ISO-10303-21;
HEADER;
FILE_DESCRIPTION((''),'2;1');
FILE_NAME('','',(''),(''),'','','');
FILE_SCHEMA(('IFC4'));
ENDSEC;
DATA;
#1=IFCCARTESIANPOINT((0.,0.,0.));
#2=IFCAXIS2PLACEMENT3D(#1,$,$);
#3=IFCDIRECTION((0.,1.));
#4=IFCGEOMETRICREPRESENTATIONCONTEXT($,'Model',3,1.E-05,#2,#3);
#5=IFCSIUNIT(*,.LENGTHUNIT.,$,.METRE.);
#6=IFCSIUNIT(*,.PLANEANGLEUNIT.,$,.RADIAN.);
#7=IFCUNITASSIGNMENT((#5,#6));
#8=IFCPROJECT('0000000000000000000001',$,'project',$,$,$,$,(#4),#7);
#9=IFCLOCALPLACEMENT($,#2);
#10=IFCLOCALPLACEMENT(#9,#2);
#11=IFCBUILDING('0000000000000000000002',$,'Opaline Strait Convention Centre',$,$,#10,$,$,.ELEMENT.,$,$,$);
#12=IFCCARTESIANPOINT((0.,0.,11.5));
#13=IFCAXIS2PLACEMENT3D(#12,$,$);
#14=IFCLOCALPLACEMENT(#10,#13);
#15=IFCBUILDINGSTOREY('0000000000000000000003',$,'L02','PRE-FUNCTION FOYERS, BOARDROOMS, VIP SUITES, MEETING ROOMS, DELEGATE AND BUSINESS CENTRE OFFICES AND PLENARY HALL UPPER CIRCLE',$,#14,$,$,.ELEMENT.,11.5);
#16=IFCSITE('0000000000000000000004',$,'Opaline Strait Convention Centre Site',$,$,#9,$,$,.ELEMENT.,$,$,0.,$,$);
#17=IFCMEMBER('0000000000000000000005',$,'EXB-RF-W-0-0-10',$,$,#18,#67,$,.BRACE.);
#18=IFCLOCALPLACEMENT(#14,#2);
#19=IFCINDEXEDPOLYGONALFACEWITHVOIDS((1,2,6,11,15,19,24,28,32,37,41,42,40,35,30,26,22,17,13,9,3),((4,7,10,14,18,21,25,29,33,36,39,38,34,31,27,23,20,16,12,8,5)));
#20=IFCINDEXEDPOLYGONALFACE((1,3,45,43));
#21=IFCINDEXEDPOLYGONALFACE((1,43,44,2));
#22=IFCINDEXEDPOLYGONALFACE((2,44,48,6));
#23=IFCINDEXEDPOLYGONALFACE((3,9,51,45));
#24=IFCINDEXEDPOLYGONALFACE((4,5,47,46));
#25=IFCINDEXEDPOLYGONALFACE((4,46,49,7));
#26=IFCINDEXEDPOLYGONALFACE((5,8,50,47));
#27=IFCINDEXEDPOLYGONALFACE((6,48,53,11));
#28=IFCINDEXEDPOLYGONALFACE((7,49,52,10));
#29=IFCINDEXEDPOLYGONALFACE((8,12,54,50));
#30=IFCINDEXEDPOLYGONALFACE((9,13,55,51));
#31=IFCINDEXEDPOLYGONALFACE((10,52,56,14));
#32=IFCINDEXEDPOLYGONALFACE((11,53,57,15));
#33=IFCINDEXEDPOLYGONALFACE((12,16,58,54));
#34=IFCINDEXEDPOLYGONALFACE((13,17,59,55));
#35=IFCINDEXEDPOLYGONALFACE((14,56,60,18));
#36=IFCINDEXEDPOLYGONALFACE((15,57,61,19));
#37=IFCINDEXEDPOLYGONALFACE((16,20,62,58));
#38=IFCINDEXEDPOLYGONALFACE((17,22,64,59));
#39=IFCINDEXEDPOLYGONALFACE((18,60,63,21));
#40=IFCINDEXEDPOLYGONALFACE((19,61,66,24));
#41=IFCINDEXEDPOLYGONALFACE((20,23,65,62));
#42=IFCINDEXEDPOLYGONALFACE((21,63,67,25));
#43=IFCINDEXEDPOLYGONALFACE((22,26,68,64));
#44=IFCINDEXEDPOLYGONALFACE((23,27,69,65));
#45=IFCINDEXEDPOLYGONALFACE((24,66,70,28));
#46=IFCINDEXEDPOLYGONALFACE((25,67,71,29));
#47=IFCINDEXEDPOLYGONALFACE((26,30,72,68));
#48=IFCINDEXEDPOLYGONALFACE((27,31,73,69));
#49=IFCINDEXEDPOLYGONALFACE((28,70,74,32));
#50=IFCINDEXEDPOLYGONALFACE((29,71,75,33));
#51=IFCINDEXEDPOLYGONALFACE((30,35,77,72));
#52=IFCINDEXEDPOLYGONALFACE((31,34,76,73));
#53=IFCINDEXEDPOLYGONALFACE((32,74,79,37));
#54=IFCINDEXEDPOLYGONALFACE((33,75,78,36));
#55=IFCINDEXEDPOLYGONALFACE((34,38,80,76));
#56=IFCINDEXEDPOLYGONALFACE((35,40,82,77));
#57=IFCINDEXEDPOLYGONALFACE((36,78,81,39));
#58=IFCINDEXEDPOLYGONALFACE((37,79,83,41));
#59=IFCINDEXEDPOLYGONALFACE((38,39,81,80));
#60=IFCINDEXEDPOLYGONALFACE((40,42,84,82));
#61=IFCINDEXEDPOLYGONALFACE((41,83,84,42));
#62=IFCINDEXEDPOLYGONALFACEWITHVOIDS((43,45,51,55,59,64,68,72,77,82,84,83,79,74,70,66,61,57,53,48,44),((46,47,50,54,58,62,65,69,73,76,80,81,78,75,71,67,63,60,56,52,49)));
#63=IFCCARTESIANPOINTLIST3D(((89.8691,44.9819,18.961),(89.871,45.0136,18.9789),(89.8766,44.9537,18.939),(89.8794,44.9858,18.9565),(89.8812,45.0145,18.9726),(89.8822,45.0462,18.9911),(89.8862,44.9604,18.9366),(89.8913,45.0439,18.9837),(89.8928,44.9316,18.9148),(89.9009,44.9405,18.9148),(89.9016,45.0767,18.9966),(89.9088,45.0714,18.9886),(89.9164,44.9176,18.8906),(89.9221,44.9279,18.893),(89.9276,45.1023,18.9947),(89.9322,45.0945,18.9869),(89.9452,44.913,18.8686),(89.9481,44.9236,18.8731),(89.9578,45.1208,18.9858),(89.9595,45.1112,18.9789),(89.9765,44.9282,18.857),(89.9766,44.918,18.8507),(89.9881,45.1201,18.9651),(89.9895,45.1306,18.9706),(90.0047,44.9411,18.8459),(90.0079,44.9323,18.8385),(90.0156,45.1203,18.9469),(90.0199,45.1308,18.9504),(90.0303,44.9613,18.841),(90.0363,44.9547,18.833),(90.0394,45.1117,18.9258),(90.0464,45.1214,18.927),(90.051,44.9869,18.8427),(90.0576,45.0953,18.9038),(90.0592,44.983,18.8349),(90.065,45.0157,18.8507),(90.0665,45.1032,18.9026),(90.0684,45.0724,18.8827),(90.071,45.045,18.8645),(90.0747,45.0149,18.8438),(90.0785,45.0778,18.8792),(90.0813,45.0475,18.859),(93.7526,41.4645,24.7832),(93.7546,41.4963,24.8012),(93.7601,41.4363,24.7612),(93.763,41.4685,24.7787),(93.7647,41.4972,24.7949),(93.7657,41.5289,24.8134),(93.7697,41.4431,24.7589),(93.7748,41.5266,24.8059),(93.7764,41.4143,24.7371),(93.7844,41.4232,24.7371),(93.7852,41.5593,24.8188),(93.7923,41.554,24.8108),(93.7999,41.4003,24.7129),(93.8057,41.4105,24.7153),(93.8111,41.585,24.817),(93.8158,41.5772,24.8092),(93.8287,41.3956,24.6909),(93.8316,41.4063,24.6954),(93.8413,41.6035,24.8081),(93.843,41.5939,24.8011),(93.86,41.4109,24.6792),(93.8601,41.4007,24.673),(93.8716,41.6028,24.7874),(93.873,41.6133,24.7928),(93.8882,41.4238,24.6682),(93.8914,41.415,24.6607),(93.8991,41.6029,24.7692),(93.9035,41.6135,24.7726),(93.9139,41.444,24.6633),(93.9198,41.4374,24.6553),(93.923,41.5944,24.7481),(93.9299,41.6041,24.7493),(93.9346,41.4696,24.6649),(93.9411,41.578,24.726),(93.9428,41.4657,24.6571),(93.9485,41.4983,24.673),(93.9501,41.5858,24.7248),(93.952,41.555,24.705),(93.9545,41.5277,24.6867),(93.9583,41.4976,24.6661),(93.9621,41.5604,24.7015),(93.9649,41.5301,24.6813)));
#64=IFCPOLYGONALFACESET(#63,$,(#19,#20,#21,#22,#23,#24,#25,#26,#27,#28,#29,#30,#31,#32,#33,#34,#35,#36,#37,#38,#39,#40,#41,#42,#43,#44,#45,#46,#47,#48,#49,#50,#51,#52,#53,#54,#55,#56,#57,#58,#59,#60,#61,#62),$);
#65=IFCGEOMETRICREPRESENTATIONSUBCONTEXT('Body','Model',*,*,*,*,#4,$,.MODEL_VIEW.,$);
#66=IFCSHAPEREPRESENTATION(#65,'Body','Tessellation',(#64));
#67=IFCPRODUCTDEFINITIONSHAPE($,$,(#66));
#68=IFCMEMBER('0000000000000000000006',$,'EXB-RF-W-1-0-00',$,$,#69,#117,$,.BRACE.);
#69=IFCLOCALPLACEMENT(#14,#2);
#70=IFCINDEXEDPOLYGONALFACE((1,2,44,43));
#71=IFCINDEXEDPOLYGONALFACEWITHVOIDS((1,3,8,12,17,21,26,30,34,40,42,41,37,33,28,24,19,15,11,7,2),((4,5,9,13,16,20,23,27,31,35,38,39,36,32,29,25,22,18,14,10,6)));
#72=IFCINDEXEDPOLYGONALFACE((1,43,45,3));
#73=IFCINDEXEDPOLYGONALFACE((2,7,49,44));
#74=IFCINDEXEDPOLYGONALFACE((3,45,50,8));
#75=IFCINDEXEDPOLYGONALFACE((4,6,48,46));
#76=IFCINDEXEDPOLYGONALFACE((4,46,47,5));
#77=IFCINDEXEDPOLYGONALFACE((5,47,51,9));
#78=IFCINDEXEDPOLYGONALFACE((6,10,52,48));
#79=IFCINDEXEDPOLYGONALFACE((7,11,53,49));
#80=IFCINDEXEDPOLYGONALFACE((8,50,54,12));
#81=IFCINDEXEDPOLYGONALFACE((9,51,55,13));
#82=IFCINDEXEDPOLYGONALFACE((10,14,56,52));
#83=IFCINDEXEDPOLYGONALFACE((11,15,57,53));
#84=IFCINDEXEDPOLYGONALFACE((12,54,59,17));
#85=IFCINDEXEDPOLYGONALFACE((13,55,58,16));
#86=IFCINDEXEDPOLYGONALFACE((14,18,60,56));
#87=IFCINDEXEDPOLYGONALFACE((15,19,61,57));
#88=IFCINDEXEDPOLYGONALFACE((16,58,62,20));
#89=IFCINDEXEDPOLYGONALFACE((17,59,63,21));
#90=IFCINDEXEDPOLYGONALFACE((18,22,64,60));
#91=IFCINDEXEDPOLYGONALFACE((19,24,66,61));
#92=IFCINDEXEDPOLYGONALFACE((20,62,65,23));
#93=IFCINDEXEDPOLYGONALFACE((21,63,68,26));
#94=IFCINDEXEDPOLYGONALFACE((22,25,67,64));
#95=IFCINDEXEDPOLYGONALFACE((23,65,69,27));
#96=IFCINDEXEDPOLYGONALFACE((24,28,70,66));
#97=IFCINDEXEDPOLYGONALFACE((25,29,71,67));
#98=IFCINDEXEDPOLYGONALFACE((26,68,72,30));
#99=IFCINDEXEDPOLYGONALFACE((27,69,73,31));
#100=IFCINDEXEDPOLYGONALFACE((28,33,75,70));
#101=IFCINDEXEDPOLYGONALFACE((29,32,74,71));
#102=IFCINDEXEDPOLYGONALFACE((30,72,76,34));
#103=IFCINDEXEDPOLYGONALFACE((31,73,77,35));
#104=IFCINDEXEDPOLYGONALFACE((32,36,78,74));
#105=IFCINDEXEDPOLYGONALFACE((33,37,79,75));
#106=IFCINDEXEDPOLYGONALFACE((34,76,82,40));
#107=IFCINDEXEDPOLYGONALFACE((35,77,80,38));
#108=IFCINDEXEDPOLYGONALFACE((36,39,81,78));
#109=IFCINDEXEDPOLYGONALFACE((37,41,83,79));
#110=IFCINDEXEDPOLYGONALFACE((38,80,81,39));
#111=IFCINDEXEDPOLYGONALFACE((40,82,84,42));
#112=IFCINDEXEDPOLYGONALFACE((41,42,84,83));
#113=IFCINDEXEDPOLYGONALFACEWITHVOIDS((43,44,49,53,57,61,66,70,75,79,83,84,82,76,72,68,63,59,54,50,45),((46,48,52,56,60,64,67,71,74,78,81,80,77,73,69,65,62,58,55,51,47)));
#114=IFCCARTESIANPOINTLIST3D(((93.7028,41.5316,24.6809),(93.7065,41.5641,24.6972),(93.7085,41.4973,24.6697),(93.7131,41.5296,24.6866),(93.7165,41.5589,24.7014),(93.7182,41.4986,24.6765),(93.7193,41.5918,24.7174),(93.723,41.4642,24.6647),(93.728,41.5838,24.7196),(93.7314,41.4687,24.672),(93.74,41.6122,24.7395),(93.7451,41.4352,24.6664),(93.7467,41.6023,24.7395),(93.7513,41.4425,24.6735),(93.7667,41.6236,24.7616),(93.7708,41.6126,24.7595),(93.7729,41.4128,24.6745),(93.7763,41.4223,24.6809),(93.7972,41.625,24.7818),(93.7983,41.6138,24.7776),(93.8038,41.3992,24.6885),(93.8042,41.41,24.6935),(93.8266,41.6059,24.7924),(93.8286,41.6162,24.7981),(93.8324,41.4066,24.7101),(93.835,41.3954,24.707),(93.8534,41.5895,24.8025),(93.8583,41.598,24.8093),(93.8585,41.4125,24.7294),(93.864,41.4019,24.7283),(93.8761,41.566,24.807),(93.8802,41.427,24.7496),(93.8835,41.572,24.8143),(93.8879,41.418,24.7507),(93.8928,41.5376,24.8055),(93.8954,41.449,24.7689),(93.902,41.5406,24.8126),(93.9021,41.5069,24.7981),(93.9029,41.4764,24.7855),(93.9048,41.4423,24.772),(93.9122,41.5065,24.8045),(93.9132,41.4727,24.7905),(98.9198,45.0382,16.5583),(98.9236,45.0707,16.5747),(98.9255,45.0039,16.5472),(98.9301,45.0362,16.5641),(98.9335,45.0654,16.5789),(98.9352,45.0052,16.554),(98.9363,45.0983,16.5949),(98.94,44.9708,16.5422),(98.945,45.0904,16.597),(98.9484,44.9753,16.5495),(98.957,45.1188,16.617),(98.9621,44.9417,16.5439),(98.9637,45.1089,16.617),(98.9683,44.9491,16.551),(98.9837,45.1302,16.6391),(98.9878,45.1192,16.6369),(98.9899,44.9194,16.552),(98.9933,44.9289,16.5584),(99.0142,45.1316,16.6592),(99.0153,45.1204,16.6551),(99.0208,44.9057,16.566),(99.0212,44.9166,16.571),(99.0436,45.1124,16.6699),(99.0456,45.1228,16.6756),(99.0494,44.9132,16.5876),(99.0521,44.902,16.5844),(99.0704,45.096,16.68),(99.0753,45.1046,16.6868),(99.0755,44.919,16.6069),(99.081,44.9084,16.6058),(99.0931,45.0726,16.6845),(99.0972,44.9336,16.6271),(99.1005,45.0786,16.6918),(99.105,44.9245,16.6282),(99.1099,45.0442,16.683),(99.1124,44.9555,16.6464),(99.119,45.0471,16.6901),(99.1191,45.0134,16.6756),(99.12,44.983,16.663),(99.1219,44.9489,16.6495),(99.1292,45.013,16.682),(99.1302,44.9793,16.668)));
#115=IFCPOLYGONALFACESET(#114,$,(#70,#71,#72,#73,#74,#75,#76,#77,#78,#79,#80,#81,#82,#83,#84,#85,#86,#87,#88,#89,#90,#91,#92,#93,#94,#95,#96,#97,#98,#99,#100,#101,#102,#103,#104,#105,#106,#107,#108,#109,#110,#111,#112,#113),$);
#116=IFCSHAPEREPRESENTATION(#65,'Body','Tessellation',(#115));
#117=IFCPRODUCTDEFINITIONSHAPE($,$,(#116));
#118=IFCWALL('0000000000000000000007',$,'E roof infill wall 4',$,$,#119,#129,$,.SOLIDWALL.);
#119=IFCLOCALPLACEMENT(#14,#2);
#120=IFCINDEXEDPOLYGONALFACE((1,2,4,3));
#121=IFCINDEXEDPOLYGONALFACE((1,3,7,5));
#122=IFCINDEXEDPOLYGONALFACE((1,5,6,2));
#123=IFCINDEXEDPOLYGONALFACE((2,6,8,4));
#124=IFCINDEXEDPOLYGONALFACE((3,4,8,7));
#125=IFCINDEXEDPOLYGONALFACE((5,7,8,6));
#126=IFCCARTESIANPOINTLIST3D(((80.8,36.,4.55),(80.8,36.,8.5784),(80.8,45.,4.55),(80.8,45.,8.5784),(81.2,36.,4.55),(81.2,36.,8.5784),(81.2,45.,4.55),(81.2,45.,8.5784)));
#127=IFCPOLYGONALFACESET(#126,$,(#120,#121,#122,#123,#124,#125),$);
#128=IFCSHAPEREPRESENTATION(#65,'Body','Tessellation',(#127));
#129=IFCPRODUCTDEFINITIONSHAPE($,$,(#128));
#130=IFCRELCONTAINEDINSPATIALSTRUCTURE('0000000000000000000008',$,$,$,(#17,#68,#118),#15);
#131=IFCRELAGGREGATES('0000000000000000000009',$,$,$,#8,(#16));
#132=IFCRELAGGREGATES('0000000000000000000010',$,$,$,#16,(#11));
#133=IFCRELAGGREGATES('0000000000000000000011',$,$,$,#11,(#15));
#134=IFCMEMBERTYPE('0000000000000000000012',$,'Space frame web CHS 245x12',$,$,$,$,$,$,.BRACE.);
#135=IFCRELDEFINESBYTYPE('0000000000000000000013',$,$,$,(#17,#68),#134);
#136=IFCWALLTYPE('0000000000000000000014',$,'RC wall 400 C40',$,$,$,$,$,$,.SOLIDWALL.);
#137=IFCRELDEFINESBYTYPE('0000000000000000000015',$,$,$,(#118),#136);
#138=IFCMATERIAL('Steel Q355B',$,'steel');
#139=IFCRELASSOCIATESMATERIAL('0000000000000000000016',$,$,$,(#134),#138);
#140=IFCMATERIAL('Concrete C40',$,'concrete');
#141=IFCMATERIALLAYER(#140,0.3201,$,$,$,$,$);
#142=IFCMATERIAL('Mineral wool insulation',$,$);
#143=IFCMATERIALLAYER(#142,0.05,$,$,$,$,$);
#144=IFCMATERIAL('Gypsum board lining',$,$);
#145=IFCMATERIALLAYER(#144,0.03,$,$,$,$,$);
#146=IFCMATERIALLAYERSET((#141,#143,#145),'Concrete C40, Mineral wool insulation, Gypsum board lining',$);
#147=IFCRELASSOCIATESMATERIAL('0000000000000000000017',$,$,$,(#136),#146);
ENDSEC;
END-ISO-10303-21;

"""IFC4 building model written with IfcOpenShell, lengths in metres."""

from ifc_helpers import new_model, si_unit, direction, frame, frame_2d, origin, origin_2d, place, context, subcontext, project, spatial, rectangle, hollow_circle, extrude, material, layer, layer_set, material_profile, profile_set, type_object, element, save


model = new_model("IFC4")

# Units and contexts
model_context = context("Model", 3, precision=1e-05, world=origin(), true_north=direction((0.0, 1.0)))
body_context = subcontext(model_context, "Body", "Model", "MODEL_VIEW")
ifc_project = project(units=[si_unit("LENGTHUNIT", "METRE"), si_unit("PLANEANGLEUNIT", "RADIAN")], contexts=[model_context])

# Site, building, storey
site_placement = place(None, origin())
site = spatial("IfcSite", under=ifc_project, at=site_placement, Name="Opaline Strait Convention Centre Site", CompositionType="ELEMENT", RefElevation=0.0)
building_placement = place(site_placement, origin())
building = spatial("IfcBuilding", under=site, at=building_placement, Name="Opaline Strait Convention Centre", CompositionType="ELEMENT")
storey_placement = place(building_placement, frame((0.0, 0.0, 11.5)))
storey = spatial("IfcBuildingStorey", under=building, at=storey_placement, Name="L02", Description="PRE-FUNCTION FOYERS, BOARDROOMS, VIP SUITES, MEETING ROOMS, DELEGATE AND BUSINESS CENTRE OFFICES AND PLENARY HALL UPPER CIRCLE", CompositionType="ELEMENT", Elevation=11.5)

# Shared definitions
ifc_material_1 = material(Name="Concrete C40", Category="concrete")

# Shared definitions
ifc_material_2 = material(Name="Steel Q355B", Category="steel")

# Members
ifc_material_profile_1 = material_profile(ifc_material_2, hollow_circle(Radius=0.1226, WallThickness=0.012, at=origin_2d()), Name="CHS 245x12")
ifc_profile_set_1 = profile_set([ifc_material_profile_1], Name="Steel Q355B")
member_type_1 = type_object("IfcMemberType", Name="Space frame web CHS 245x12", PredefinedType="BRACE", material=ifc_profile_set_1)
member_1_placement = place(storey_placement, frame((93.8586, 41.5051, 24.7371), z_axis=(-0.495807, 0.449053, -0.743321), x_axis=(-0.671296, -0.741189, 0.0)))
element("IfcMember", 1, at=member_1_placement, inside=storey, type_object=member_type_1, Name="EXB-RF-W-0-0-10", PredefinedType="BRACE", context=body_context, shape_type="SweptSolid", body=[
    extrude(hollow_circle(Radius=0.1226, WallThickness=0.012, at=origin_2d()), origin(), (0.0, 0.0, 1.0), 7.8328),
])
member_2_placement = place(storey_placement, frame((93.8083, 41.5105, 24.7395), z_axis=(0.507948, 0.341413, -0.790839), x_axis=(-0.557842, 0.829947, 0.0)))
element("IfcMember", 2, at=member_2_placement, inside=storey, type_object=member_type_1, Name="EXB-RF-W-1-0-00", PredefinedType="BRACE", context=body_context, shape_type="SweptSolid", body=[
    extrude(hollow_circle(Radius=0.1226, WallThickness=0.012, at=origin_2d()), origin(), (0.0, 0.0, 1.0), 10.2708),
])

# Wall
ifc_layer_1 = layer(ifc_material_1, 0.3201)
ifc_material_3 = material(Name="Mineral wool insulation")
ifc_layer_2 = layer(ifc_material_3, 0.05)
ifc_material_4 = material(Name="Gypsum board lining")
ifc_layer_3 = layer(ifc_material_4, 0.03)
ifc_layer_set_1 = layer_set([ifc_layer_1, ifc_layer_2, ifc_layer_3], Name="Concrete C40, Mineral wool insulation, Gypsum board lining")
wall_type = type_object("IfcWallType", Name="RC wall 400 C40", PredefinedType="SOLIDWALL", material=ifc_layer_set_1)
wall_1_placement = place(storey_placement, frame((81.0, 36.0, 4.55), z_axis=(0.0, 0.0, 1.0), x_axis=(0.0, 1.0, 0.0)))
element("IfcWall", 3, at=wall_1_placement, inside=storey, type_object=wall_type, Name="E roof infill wall 4", PredefinedType="SOLIDWALL", context=body_context, shape_type="SweptSolid", body=[
    extrude(rectangle(XDim=9.0, YDim=0.3999, at=frame_2d((4.5, 0.0))), origin(), (0.0, 0.0, 1.0), 4.0283),
])

save(model, "model.ifc")
